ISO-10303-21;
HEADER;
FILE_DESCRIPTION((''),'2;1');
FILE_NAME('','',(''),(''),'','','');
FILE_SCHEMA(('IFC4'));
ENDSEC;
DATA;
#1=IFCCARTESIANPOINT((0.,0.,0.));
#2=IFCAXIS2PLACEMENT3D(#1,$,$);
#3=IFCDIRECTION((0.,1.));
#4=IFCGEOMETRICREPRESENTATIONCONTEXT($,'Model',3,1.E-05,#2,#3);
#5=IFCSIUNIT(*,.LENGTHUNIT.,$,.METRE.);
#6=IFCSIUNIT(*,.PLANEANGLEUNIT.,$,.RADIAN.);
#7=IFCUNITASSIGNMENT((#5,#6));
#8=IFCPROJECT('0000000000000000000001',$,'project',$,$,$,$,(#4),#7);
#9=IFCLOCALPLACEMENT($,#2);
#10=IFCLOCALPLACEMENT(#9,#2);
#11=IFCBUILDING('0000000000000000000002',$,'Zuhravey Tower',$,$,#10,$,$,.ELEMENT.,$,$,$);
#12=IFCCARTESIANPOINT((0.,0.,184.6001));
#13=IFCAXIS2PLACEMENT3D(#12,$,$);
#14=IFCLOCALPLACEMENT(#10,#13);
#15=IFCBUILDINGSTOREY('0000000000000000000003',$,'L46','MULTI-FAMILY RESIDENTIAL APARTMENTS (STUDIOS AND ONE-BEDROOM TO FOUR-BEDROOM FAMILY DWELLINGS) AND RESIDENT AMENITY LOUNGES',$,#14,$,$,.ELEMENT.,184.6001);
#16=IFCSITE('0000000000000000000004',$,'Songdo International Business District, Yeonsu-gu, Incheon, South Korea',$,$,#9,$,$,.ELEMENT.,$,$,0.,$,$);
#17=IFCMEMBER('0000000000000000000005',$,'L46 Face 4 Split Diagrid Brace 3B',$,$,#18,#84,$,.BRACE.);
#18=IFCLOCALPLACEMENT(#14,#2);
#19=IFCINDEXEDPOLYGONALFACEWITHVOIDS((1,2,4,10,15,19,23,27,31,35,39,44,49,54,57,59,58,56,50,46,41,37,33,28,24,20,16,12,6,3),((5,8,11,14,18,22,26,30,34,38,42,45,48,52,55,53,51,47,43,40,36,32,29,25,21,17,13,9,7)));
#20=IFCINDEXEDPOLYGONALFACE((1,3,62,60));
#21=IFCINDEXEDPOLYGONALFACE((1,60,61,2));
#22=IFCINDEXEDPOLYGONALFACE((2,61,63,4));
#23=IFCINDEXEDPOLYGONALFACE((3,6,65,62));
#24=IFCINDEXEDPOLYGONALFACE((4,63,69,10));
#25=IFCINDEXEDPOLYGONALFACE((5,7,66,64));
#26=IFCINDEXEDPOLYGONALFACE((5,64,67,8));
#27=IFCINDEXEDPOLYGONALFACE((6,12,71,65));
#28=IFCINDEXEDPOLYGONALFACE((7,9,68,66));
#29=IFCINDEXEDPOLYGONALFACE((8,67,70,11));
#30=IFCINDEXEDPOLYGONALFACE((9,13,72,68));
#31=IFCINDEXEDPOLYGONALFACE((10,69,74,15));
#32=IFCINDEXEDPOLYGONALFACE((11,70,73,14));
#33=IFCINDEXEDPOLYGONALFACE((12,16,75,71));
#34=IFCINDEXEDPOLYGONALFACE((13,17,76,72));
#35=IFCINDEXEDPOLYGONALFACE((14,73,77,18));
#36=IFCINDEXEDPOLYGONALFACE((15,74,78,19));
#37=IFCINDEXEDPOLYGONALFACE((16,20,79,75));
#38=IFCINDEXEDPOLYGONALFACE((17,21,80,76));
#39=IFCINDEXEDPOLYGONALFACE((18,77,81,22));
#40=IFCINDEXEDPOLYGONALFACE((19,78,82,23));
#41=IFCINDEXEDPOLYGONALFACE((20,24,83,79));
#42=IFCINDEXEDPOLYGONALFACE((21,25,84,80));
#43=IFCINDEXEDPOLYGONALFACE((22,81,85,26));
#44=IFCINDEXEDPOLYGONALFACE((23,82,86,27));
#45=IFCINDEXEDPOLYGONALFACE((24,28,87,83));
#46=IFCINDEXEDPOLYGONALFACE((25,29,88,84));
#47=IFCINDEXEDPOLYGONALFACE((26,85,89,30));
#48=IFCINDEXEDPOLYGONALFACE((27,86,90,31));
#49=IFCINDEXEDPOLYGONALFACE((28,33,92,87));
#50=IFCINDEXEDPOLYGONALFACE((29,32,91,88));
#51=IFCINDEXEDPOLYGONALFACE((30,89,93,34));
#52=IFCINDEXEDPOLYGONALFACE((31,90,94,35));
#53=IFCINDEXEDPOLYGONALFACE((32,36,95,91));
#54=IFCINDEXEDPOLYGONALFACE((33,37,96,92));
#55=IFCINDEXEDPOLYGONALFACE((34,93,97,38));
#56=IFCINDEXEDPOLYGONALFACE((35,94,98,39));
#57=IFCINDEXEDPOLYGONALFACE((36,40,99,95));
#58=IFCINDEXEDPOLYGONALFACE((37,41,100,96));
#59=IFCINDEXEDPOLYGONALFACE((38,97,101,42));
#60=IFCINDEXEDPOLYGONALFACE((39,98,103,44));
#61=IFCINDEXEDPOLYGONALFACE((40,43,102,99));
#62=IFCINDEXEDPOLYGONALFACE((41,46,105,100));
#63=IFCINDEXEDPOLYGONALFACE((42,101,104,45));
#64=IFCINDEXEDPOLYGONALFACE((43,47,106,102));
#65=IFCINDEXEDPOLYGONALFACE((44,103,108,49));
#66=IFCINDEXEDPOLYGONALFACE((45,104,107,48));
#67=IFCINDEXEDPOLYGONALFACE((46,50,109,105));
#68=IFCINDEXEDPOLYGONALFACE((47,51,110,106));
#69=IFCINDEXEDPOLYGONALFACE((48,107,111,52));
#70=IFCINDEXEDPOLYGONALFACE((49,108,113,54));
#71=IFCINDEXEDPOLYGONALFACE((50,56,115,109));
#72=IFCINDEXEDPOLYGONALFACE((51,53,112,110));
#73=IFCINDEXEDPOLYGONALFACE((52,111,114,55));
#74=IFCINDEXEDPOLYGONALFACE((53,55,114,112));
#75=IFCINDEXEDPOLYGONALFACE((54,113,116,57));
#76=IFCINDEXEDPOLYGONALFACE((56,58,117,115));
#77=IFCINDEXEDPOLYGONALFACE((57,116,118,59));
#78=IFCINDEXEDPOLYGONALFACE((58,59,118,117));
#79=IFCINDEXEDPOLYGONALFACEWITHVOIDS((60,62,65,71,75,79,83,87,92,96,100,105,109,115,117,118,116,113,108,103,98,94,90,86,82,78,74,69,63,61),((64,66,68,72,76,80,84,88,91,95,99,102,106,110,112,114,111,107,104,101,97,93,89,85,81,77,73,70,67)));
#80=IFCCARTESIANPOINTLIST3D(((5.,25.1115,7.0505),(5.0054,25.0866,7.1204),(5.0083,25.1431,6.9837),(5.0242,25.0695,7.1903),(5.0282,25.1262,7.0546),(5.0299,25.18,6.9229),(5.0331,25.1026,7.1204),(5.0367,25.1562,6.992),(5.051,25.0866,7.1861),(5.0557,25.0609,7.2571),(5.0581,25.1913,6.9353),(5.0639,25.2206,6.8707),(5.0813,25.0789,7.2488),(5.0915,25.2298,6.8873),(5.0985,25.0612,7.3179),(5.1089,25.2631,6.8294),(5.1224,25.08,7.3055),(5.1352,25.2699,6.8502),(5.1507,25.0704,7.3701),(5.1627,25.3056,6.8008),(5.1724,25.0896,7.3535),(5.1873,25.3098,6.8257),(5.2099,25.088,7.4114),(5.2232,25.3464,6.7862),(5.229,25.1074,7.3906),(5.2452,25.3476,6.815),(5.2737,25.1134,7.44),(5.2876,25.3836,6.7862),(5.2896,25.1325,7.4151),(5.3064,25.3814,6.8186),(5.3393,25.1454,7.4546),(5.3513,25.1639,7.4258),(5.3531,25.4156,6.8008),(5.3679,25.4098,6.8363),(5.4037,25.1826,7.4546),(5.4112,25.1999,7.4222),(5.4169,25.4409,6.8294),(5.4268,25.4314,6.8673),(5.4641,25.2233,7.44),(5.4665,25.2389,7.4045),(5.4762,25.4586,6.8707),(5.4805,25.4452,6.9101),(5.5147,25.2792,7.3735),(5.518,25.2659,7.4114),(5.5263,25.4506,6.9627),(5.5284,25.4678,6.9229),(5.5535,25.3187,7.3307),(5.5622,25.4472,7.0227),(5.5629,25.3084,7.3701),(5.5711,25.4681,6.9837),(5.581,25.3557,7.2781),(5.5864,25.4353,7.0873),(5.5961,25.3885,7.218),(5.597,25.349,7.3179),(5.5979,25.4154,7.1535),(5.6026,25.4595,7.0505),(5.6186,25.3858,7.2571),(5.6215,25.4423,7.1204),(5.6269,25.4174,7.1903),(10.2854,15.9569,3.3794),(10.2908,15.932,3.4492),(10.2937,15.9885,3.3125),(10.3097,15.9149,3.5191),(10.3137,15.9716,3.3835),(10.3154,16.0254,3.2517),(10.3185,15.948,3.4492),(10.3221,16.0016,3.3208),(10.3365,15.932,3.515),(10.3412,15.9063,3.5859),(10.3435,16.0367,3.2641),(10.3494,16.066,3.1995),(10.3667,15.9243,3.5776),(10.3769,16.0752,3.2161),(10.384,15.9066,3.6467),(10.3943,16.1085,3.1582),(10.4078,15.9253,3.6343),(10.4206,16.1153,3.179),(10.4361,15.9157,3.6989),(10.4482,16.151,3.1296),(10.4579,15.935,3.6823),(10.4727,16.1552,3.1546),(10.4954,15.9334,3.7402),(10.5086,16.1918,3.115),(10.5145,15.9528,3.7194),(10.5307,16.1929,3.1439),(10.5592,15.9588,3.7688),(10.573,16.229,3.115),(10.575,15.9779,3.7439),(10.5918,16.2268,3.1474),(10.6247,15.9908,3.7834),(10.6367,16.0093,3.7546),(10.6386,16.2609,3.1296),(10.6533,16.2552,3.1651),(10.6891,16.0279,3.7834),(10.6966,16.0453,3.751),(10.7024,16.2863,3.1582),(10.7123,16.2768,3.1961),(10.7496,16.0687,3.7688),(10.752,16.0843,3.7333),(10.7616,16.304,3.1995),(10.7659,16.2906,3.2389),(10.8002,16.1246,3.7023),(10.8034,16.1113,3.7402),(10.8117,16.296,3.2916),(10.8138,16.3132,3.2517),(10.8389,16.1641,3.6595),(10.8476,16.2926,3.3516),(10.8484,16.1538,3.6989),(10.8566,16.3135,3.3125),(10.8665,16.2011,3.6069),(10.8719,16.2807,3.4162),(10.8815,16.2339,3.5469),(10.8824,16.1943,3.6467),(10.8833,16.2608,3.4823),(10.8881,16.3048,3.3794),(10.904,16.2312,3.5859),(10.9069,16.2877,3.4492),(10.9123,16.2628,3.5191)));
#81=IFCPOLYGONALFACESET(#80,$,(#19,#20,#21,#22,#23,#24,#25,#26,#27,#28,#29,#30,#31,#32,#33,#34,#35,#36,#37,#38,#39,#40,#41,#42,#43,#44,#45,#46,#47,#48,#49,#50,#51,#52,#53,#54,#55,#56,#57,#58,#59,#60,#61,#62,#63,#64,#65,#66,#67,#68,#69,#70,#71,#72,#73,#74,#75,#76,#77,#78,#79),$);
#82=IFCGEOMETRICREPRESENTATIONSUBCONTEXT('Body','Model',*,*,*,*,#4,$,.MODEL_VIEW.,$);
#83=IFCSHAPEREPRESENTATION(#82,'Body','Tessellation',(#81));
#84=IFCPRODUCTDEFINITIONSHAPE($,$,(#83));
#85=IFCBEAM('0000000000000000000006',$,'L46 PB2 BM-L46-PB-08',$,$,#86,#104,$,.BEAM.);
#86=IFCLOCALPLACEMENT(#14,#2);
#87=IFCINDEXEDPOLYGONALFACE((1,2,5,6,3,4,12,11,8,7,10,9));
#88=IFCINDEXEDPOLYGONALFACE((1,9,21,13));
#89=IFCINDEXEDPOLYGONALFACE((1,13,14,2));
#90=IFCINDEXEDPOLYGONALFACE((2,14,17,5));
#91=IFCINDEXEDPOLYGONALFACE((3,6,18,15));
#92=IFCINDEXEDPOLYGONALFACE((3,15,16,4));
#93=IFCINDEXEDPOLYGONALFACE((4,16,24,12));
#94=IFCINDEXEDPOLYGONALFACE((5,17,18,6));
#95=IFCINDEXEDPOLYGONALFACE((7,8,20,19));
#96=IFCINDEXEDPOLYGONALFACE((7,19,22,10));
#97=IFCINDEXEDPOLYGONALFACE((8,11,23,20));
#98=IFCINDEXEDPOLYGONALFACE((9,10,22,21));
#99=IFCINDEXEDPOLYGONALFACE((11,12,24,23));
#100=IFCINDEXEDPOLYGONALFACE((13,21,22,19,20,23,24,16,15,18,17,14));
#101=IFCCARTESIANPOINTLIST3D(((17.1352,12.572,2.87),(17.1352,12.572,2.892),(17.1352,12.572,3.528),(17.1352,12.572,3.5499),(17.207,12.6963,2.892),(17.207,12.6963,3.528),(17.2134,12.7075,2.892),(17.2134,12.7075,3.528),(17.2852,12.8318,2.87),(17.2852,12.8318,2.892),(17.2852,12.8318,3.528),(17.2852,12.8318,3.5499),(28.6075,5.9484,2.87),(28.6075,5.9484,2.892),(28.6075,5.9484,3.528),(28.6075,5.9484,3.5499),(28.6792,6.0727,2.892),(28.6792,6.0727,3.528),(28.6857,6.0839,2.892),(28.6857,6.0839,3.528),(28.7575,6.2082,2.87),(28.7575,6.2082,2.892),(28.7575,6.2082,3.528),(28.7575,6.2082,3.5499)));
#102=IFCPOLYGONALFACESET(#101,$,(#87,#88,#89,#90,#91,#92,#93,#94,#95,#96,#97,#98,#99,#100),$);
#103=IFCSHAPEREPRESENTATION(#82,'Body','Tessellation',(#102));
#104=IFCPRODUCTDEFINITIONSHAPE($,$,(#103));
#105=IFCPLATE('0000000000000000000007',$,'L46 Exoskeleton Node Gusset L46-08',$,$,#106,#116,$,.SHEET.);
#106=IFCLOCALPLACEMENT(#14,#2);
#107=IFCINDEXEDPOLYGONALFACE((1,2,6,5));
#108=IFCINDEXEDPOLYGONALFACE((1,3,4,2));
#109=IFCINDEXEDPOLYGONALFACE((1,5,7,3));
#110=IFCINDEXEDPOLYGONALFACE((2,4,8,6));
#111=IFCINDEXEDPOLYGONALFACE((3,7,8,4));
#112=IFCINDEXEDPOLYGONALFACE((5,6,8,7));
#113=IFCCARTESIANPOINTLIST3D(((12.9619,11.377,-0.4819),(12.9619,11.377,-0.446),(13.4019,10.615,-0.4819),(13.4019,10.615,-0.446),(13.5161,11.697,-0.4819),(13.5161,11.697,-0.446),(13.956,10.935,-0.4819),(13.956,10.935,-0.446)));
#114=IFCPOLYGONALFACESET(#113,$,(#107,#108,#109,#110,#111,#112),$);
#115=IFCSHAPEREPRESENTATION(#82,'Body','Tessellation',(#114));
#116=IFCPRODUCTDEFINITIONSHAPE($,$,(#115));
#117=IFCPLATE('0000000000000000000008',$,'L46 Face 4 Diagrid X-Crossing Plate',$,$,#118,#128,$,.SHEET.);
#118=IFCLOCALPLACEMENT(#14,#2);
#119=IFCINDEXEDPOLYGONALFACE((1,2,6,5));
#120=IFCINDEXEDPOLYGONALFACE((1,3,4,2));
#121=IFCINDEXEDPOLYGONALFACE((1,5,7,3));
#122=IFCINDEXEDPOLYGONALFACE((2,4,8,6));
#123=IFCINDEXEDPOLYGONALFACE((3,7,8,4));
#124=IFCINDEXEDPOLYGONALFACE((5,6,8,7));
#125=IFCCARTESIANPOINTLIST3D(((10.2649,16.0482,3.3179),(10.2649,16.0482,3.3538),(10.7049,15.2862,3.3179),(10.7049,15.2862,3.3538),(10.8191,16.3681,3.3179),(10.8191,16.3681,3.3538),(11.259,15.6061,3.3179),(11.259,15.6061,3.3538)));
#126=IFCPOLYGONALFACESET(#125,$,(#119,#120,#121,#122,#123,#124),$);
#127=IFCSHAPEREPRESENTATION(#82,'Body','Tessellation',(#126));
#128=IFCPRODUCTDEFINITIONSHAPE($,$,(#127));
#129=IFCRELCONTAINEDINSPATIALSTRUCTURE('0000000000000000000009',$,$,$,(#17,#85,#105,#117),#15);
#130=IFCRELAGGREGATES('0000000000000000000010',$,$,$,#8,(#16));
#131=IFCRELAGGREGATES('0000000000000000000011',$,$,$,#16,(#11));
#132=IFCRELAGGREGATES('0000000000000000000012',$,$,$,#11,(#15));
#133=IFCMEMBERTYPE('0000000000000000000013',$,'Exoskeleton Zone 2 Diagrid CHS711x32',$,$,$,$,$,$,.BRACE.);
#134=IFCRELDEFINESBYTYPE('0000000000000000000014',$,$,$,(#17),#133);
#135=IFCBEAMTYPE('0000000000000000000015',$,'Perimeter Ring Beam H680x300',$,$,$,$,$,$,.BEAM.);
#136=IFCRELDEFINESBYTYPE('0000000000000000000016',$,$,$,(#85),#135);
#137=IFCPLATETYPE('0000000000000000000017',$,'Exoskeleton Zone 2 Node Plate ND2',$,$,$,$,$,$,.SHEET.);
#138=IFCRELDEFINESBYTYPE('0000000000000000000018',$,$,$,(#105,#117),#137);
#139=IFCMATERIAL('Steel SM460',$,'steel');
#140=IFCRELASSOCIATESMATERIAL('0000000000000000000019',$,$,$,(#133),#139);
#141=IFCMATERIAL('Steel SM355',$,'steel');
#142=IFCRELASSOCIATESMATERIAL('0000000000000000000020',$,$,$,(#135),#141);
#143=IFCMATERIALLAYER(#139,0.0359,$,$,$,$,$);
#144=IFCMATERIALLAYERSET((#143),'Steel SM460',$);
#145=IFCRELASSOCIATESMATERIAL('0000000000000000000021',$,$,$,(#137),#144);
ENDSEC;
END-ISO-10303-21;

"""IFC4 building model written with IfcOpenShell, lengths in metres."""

from ifc_helpers import new_model, si_unit, direction, frame, origin, origin_2d, place, context, subcontext, project, spatial, rectangle, hollow_circle, i_section, extrude, material, layer, layer_set, material_profile, profile_set, type_object, element, save


model = new_model("IFC4")

# Units and contexts
model_context = context("Model", 3, precision=1e-05, world=origin(), true_north=direction((0.0, 1.0)))
body_context = subcontext(model_context, "Body", "Model", "MODEL_VIEW")
ifc_project = project(units=[si_unit("LENGTHUNIT", "METRE"), si_unit("PLANEANGLEUNIT", "RADIAN")], contexts=[model_context])

# Site, building, storey
site_placement = place(None, origin())
site = spatial("IfcSite", under=ifc_project, at=site_placement, Name="Songdo International Business District, Yeonsu-gu, Incheon, South Korea", CompositionType="ELEMENT", RefElevation=0.0)
building_placement = place(site_placement, origin())
building = spatial("IfcBuilding", under=site, at=building_placement, Name="Zuhravey Tower", CompositionType="ELEMENT")
storey_placement = place(building_placement, frame((0.0, 0.0, 184.6001)))
storey = spatial("IfcBuildingStorey", under=building, at=storey_placement, Name="L46", Description="MULTI-FAMILY RESIDENTIAL APARTMENTS (STUDIOS AND ONE-BEDROOM TO FOUR-BEDROOM FAMILY DWELLINGS) AND RESIDENT AMENITY LOUNGES", CompositionType="ELEMENT", Elevation=184.6001)

# Member
ifc_material_1 = material(Name="Steel SM460", Category="steel")
ifc_material_profile_1 = material_profile(ifc_material_1, hollow_circle(Radius=0.3557, WallThickness=0.032, at=origin_2d()), Name="CHS-711.2x32")
ifc_profile_set_1 = profile_set([ifc_material_profile_1], Name="Steel SM460")
member_type_1 = type_object("IfcMemberType", Name="Exoskeleton Zone 2 Diagrid CHS711x32", PredefinedType="BRACE", material=ifc_profile_set_1)
member_1_placement = place(storey_placement, frame((10.5989, 16.1099, 3.4492), z_axis=(-0.472328, 0.818093, 0.328071), x_axis=(-0.866024, -0.500002, 0.0)))
element("IfcMember", 1, at=member_1_placement, inside=storey, type_object=member_type_1, Name="L46 Face 4 Split Diagrid Brace 3B", PredefinedType="BRACE", context=body_context, shape_type="SweptSolid", body=[
    extrude(hollow_circle(Radius=0.3557, WallThickness=0.032, at=origin_2d()), origin(), (0.0, 0.0, 1.0), 11.1902),
])

# Beam
ifc_material_2 = material(Name="Steel SM355", Category="steel")
ifc_material_profile_2 = material_profile(ifc_material_2, i_section(OverallWidth=0.3, OverallDepth=0.6799, WebThickness=0.0129, FlangeThickness=0.022, at=origin_2d()), Name="H-680x300x13x22")
ifc_profile_set_2 = profile_set([ifc_material_profile_2], Name="Steel SM355")
beam_type = type_object("IfcBeamType", Name="Perimeter Ring Beam H680x300", PredefinedType="BEAM", material=ifc_profile_set_2)
beam_placement = place(storey_placement, frame((17.2102, 12.7019, 3.21), z_axis=(0.866023, -0.500004, 0.0), x_axis=(0.500004, 0.866023, 0.0)))
element("IfcBeam", 2, at=beam_placement, inside=storey, type_object=beam_type, Name="L46 PB2 BM-L46-PB-08", PredefinedType="BEAM", context=body_context, shape_type="SweptSolid", body=[
    extrude(i_section(OverallWidth=0.3, OverallDepth=0.6799, WebThickness=0.0129, FlangeThickness=0.022, at=origin_2d()), origin(), (0.0, 0.0, 1.0), 13.2471),
])

# Plates
ifc_layer_1 = layer(ifc_material_1, 0.0359)
ifc_layer_set_1 = layer_set([ifc_layer_1], Name="Steel SM460")
plate_type_1 = type_object("IfcPlateType", Name="Exoskeleton Zone 2 Node Plate ND2", PredefinedType="SHEET", material=ifc_layer_set_1)
for number, where, z_axis, x_axis, name in (
    (3, (13.459, 11.156, -0.4819), (0.0, 0.0, 1.0), (0.5, -0.866025, 0.0), "L46 Exoskeleton Node Gusset L46-08"),
    (4, (10.762, 15.8271, 3.3179), (0.0, 0.0, 1.0), (0.5, -0.866025, 0.0), "L46 Face 4 Diagrid X-Crossing Plate"),
):
    element("IfcPlate", number, at=place(storey_placement, frame(where, z_axis=z_axis, x_axis=x_axis)), inside=storey, type_object=plate_type_1, Name=name, PredefinedType="SHEET", context=body_context, shape_type="SweptSolid", body=[
        extrude(rectangle(XDim=0.8799, YDim=0.6399, at=origin_2d()), origin(), (0.0, 0.0, 1.0), 0.0359),
    ])

save(model, "model.ifc")
